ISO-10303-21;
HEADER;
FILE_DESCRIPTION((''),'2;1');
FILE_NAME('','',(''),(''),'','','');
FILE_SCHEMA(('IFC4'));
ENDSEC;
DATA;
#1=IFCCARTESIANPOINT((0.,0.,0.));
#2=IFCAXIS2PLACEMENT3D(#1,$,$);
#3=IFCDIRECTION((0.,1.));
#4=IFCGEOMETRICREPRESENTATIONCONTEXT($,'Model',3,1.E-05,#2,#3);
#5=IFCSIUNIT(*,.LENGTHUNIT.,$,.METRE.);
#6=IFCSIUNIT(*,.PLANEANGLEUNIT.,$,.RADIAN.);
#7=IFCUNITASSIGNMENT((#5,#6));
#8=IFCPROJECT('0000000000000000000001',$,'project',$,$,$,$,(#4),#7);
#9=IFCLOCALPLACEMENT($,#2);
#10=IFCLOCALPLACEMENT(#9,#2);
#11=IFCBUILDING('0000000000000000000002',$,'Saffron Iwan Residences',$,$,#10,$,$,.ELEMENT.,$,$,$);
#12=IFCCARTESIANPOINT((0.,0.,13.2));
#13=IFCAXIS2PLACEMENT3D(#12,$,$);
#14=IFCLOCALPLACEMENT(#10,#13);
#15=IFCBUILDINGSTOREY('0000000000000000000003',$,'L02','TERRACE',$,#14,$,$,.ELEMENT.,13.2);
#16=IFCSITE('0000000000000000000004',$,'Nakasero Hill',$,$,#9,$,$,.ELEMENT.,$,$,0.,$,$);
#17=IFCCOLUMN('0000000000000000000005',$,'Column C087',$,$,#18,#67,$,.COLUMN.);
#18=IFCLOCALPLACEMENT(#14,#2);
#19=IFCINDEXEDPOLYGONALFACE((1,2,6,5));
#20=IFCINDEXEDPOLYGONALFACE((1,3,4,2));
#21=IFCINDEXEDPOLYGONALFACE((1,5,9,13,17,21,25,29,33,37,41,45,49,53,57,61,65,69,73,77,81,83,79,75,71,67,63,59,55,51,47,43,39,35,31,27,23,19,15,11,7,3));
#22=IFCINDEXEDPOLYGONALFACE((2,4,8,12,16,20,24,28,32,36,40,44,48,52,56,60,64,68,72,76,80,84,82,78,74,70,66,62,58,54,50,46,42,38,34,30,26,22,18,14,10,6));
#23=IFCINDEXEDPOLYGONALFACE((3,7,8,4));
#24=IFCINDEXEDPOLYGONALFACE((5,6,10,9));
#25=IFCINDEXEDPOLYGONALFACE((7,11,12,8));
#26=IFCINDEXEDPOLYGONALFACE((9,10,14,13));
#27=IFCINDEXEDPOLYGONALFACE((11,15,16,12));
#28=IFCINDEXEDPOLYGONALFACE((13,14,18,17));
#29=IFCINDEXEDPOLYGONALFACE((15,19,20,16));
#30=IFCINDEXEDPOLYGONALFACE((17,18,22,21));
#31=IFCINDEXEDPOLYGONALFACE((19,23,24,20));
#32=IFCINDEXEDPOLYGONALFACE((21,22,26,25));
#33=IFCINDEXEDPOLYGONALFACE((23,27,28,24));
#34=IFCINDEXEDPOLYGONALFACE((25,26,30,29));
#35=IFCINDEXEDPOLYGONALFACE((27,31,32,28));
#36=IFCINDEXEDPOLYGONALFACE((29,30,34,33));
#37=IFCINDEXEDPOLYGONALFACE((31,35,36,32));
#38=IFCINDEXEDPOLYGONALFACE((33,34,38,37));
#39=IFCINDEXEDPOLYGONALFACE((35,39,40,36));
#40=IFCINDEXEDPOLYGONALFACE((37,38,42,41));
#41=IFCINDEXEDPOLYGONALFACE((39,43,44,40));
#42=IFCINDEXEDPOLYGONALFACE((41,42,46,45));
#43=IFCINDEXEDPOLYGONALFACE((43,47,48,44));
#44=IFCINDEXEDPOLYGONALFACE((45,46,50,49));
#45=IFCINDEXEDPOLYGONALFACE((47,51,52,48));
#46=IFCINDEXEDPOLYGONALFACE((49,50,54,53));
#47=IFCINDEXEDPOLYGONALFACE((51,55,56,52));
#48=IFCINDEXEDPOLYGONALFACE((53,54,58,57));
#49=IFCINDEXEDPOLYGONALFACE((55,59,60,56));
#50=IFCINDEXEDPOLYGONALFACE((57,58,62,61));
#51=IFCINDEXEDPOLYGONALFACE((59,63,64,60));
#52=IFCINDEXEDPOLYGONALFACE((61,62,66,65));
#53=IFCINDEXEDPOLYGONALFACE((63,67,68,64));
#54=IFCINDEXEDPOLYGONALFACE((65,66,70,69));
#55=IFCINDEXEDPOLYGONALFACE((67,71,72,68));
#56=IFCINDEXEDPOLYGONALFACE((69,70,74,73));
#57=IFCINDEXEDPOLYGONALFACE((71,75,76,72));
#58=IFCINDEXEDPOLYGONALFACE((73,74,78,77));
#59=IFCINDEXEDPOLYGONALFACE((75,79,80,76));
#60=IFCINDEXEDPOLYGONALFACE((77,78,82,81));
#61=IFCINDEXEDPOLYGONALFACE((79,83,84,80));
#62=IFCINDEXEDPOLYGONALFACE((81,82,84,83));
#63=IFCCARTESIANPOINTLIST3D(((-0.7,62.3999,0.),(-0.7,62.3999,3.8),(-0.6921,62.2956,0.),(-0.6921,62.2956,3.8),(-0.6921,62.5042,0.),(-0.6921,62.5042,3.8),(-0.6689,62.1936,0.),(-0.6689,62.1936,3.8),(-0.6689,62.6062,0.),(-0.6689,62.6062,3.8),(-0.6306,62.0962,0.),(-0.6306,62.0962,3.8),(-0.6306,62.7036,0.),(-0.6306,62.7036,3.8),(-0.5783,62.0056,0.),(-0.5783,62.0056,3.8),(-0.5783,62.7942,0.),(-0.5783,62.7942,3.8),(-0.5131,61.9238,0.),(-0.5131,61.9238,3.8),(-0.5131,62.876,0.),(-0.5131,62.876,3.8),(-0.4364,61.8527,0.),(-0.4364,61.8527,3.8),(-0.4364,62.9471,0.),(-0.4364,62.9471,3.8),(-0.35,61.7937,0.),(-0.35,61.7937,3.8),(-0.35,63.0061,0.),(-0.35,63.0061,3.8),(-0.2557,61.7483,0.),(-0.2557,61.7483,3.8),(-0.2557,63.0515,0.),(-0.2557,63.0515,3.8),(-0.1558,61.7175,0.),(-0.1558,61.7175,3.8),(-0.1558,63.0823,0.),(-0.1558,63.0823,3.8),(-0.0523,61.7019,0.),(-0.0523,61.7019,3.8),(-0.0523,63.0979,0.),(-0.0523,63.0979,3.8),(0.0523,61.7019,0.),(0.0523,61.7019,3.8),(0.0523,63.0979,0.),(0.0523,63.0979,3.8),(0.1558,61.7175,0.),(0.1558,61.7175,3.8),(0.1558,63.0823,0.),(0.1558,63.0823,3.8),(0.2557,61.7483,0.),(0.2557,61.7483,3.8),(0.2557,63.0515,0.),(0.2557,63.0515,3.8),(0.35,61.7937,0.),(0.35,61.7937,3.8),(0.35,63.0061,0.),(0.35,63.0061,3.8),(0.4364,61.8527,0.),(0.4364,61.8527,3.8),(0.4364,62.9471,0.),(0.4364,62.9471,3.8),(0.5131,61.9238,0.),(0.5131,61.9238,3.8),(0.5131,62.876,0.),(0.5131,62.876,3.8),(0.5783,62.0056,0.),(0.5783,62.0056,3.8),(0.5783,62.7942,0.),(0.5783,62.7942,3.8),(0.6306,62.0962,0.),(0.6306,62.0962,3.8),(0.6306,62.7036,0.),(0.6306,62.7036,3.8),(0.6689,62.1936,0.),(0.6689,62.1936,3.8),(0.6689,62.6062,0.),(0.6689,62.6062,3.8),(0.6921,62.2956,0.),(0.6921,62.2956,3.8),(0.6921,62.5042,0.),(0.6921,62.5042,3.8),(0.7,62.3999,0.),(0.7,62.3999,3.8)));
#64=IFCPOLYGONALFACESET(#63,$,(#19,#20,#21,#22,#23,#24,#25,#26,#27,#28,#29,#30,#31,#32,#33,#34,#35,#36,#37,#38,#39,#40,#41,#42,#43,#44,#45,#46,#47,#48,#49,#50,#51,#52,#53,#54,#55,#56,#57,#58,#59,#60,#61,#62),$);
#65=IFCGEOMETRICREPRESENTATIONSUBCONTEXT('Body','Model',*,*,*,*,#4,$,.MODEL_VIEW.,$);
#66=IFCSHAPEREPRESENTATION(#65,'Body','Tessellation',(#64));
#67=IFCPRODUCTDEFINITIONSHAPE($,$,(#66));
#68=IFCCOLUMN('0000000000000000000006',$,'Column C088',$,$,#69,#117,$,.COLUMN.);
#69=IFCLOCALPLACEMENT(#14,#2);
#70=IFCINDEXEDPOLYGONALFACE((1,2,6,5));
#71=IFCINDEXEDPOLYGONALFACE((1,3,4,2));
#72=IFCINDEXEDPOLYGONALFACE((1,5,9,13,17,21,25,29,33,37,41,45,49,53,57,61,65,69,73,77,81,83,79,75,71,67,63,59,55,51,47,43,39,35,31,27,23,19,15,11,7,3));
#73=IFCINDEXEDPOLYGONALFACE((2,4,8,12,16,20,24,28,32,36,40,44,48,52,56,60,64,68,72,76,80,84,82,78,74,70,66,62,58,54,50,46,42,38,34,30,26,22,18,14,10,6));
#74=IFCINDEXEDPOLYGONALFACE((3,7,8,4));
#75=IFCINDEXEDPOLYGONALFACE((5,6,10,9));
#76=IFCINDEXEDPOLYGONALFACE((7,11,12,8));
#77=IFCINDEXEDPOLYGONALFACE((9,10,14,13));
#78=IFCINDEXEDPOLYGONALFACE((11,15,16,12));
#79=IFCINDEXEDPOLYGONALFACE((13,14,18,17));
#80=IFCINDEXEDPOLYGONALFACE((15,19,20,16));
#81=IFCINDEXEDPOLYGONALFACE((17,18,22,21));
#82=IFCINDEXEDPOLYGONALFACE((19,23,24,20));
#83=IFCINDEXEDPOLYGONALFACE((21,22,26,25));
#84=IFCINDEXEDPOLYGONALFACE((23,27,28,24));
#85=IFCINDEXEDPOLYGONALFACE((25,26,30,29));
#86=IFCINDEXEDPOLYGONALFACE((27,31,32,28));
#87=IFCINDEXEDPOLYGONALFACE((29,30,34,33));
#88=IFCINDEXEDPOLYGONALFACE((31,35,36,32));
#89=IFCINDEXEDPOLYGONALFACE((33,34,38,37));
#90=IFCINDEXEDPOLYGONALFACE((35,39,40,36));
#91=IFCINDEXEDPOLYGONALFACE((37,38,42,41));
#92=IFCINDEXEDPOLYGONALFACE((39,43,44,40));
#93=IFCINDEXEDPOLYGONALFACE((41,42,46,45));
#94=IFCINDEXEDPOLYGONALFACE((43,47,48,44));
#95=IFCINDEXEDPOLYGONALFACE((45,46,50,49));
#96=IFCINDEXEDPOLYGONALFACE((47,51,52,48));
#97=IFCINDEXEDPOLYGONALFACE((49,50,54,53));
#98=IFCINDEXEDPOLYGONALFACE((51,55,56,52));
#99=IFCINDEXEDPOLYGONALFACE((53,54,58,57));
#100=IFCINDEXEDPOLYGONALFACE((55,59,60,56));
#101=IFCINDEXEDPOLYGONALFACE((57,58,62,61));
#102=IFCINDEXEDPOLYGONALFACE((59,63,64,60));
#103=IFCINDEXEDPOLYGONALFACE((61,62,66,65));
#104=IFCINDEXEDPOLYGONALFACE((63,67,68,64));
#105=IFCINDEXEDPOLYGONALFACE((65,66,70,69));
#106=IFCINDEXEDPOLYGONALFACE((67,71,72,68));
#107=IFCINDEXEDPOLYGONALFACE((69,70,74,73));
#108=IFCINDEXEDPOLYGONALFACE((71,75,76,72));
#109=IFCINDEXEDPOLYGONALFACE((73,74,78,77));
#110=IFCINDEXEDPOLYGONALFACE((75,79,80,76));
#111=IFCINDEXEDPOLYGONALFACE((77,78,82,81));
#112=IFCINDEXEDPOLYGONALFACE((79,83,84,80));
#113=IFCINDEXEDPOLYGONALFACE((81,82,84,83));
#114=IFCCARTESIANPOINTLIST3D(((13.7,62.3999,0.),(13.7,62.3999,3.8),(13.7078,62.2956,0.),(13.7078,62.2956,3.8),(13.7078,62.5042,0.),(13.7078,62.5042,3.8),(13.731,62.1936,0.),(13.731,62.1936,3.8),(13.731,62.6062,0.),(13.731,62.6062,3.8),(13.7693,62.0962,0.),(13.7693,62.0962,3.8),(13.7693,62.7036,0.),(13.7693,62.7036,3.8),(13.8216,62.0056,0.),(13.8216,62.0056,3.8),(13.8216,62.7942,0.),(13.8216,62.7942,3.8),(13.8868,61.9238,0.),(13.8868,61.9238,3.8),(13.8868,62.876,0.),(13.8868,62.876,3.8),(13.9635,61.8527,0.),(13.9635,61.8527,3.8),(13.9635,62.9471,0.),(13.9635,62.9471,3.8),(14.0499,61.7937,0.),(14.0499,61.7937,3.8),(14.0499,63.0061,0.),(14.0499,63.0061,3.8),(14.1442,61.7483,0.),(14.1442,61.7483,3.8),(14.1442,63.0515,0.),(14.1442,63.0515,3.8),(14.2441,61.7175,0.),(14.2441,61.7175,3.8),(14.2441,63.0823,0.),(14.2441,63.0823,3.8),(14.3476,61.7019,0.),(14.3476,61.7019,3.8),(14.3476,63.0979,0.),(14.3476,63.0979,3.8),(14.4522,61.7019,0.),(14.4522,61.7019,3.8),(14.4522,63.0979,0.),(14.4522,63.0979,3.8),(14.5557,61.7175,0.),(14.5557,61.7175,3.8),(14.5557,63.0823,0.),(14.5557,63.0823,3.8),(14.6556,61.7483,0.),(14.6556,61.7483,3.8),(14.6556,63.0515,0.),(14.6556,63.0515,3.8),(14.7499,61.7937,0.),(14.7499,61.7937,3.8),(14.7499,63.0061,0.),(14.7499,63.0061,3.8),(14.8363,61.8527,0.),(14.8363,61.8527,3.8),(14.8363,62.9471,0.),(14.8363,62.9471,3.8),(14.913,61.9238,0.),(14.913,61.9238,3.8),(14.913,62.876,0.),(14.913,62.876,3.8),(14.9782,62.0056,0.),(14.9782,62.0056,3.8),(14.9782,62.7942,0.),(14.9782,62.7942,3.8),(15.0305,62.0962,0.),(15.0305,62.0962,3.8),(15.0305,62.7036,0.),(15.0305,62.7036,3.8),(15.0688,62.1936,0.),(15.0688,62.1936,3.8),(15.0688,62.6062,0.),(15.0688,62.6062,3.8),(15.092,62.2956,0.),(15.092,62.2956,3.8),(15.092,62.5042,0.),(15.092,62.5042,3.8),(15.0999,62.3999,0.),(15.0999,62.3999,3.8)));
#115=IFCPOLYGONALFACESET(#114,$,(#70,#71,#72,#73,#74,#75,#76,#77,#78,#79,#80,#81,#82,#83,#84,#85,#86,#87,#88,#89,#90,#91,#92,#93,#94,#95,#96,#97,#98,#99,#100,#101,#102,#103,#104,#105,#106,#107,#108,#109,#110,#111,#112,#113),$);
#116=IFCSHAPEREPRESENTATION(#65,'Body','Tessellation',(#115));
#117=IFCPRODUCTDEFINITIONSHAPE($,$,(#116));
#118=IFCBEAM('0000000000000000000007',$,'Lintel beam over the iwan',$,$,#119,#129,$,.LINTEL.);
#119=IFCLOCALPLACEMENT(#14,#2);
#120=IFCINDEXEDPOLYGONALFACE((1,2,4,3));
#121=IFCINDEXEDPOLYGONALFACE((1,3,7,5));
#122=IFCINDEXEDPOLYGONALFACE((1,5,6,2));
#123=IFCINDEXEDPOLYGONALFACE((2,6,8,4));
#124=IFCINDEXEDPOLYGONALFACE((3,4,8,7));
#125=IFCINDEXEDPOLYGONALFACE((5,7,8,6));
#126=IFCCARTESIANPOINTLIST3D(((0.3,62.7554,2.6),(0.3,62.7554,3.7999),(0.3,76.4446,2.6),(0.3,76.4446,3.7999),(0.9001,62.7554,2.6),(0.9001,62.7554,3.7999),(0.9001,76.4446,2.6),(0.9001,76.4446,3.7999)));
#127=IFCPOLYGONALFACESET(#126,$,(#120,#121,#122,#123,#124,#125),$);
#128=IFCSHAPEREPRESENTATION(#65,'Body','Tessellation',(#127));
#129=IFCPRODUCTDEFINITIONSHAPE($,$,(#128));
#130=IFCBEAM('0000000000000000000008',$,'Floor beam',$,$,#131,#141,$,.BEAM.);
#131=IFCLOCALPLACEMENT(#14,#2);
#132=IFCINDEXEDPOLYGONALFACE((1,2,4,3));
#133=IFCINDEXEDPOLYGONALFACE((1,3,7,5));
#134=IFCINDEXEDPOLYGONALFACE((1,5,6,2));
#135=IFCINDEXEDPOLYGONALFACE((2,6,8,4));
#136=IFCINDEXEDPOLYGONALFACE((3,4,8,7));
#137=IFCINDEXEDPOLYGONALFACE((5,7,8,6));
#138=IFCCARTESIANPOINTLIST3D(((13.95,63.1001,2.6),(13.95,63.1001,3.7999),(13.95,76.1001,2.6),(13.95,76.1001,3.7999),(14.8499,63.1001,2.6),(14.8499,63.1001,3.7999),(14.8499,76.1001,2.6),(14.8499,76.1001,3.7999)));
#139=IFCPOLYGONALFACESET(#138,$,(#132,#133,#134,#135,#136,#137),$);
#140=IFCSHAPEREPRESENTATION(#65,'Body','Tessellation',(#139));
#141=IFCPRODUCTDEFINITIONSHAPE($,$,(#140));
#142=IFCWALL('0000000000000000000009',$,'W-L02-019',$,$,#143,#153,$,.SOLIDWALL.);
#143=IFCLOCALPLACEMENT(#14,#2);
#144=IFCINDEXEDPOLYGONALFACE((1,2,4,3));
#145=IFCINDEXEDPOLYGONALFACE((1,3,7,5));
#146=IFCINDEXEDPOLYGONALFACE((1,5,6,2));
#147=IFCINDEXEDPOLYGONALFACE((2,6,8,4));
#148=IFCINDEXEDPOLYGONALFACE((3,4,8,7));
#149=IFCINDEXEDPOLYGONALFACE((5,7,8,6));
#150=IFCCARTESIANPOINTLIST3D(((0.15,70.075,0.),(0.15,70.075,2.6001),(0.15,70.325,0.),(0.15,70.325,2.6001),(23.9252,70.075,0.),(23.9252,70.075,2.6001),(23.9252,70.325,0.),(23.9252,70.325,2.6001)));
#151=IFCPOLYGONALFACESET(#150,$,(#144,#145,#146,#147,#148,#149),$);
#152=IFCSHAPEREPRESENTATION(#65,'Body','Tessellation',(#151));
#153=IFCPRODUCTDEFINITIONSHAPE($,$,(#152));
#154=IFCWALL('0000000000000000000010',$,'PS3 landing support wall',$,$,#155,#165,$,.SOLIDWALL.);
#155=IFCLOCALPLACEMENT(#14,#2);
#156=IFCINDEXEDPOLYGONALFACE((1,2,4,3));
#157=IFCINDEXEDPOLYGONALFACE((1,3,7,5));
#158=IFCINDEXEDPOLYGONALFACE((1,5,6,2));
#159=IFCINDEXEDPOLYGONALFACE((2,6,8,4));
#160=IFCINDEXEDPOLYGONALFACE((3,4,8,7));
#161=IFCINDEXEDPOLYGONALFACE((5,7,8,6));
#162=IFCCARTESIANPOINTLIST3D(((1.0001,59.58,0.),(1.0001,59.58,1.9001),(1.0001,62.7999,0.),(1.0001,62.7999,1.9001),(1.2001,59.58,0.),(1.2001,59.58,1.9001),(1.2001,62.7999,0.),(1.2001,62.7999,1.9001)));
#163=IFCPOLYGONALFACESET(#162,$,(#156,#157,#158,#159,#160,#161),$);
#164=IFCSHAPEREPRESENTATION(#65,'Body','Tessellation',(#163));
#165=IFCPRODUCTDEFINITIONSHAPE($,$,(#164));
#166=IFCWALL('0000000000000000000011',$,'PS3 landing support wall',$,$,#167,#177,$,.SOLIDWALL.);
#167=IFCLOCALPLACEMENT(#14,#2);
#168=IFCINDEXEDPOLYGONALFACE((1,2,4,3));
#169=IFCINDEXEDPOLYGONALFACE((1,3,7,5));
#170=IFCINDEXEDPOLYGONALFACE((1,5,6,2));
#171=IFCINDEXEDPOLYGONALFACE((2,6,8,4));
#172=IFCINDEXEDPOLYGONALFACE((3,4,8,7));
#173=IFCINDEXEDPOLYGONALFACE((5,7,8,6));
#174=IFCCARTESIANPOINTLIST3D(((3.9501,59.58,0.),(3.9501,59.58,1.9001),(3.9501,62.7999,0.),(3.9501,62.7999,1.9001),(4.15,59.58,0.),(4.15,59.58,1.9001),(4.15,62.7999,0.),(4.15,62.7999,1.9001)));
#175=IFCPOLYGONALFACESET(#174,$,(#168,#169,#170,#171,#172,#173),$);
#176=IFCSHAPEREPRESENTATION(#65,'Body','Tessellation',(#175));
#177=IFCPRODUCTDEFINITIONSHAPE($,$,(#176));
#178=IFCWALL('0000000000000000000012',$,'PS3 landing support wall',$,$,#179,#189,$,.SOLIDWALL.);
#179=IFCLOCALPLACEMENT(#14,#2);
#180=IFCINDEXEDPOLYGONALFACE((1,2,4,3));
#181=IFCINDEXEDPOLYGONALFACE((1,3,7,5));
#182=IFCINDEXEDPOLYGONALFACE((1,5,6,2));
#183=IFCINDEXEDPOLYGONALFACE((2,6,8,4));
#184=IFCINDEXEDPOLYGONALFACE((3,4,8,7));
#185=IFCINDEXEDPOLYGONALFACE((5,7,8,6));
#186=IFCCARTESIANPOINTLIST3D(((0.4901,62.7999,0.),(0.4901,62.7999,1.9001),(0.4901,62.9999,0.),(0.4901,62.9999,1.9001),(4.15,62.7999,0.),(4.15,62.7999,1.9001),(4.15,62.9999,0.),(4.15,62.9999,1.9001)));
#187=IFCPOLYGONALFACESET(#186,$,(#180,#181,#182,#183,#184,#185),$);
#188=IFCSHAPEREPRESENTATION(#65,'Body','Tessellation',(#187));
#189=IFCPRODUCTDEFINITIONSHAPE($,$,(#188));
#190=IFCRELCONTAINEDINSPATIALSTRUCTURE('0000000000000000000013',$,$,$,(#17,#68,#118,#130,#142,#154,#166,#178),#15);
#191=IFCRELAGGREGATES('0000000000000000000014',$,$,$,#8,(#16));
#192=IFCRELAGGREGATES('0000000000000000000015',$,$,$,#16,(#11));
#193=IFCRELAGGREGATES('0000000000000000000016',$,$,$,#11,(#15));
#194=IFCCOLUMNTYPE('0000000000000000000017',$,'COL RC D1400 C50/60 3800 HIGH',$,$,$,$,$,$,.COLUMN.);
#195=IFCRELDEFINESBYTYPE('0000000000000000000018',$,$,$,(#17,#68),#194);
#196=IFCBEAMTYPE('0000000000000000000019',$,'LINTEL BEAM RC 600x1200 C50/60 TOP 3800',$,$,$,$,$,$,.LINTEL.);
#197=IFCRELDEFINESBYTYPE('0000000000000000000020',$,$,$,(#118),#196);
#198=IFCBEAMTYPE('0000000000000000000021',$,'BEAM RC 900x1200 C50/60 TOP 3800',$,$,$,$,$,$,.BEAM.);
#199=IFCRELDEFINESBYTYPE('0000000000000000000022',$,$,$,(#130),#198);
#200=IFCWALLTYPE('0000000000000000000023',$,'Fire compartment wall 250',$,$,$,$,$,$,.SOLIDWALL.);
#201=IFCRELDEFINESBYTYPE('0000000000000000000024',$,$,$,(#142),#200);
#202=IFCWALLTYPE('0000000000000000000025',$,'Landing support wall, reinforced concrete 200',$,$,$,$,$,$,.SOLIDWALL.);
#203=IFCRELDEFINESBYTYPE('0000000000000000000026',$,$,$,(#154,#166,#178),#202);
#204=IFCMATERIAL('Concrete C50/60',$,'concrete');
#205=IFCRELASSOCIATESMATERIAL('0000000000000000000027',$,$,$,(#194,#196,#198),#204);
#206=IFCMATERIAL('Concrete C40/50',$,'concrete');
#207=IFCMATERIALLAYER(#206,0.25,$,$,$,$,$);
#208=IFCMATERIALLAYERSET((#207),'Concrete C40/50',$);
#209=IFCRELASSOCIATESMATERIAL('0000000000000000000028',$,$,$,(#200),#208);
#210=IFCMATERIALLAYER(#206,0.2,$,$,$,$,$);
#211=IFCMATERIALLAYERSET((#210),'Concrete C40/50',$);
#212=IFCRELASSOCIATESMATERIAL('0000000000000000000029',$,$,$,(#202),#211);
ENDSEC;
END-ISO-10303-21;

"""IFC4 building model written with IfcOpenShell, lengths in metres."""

from ifc_helpers import new_model, si_unit, direction, frame, frame_2d, origin, origin_2d, place, context, subcontext, project, spatial, rectangle, circle, extrude, source, transform, mapped, material, layer, layer_set, material_profile, profile_set, type_object, element, save


model = new_model("IFC4")

# Units and contexts
model_context = context("Model", 3, precision=1e-05, world=origin(), true_north=direction((0.0, 1.0)))
body_context = subcontext(model_context, "Body", "Model", "MODEL_VIEW")
ifc_project = project(units=[si_unit("LENGTHUNIT", "METRE"), si_unit("PLANEANGLEUNIT", "RADIAN")], contexts=[model_context])

# Site, building, storey
site_placement = place(None, origin())
site = spatial("IfcSite", under=ifc_project, at=site_placement, Name="Nakasero Hill", CompositionType="ELEMENT", RefElevation=0.0)
building_placement = place(site_placement, origin())
building = spatial("IfcBuilding", under=site, at=building_placement, Name="Saffron Iwan Residences", CompositionType="ELEMENT")
storey_placement = place(building_placement, frame((0.0, 0.0, 13.2)))
storey = spatial("IfcBuildingStorey", under=building, at=storey_placement, Name="L02", Description="TERRACE", CompositionType="ELEMENT", Elevation=13.2)

# Columns
ifc_material_1 = material(Name="Concrete C50/60", Category="concrete")
ifc_material_profile_1 = material_profile(ifc_material_1, circle(Radius=0.7, at=origin_2d()), Name="RC D1400")
ifc_profile_set_1 = profile_set([ifc_material_profile_1], Name="Concrete C50/60")
column_type = type_object("IfcColumnType", Name="COL RC D1400 C50/60 3800 HIGH", PredefinedType="COLUMN", material=ifc_profile_set_1)
shared_shape_1 = source(origin(), body_context, "Body", "SweptSolid", [
    extrude(circle(Radius=0.7, at=origin_2d()), origin(), (0.0, 0.0, 1.0), 3.8),
])
for number, where, z_axis, x_axis, name in (
    (1, (0.0, 62.3999, 0.0), (0.0, 0.0, 1.0), (1.0, 0.0, 0.0), "Column C087"),
    (2, (14.3999, 62.3999, 0.0), (0.0, 0.0, 1.0), (1.0, 0.0, 0.0), "Column C088"),
):
    element("IfcColumn", number, at=place(storey_placement, frame(where, z_axis=z_axis, x_axis=x_axis)), inside=storey, type_object=column_type, Name=name, PredefinedType="COLUMN", context=body_context, shape_type="MappedRepresentation", body=[
        mapped(shared_shape_1, transform((0.0, 0.0, 0.0))),
    ])

# Beams
ifc_material_profile_2 = material_profile(ifc_material_1, rectangle(XDim=0.6001, YDim=1.2, at=origin_2d()), Name="RC 600x1200")
ifc_profile_set_2 = profile_set([ifc_material_profile_2], Name="Concrete C50/60")
beam_type_1 = type_object("IfcBeamType", Name="LINTEL BEAM RC 600x1200 C50/60 TOP 3800", PredefinedType="LINTEL", material=ifc_profile_set_2)
shared_shape_2 = source(origin(), body_context, "Body", "SweptSolid", [
    extrude(rectangle(XDim=0.6001, YDim=1.2, at=origin_2d()), origin(), (0.0, 0.0, 1.0), 13.6892),
])
beam_1_placement = place(storey_placement, frame((0.6001, 62.7554, 3.2), z_axis=(0.0, 1.0, 0.0), x_axis=(-1.0, 0.0, 0.0)))
element("IfcBeam", 3, at=beam_1_placement, inside=storey, type_object=beam_type_1, Name="Lintel beam over the iwan", PredefinedType="LINTEL", context=body_context, shape_type="MappedRepresentation", body=[
    mapped(shared_shape_2, transform((0.0, 0.0, 0.0))),
])
ifc_material_profile_3 = material_profile(ifc_material_1, rectangle(XDim=0.8999, YDim=1.2, at=origin_2d()), Name="RC 900x1200")
ifc_profile_set_3 = profile_set([ifc_material_profile_3], Name="Concrete C50/60")
beam_type_2 = type_object("IfcBeamType", Name="BEAM RC 900x1200 C50/60 TOP 3800", PredefinedType="BEAM", material=ifc_profile_set_3)
shared_shape_3 = source(origin(), body_context, "Body", "SweptSolid", [
    extrude(rectangle(XDim=0.8999, YDim=1.2, at=origin_2d()), origin(), (0.0, 0.0, 1.0), 13.0),
])
beam_2_placement = place(storey_placement, frame((14.3999, 63.1001, 3.2), z_axis=(0.0, 1.0, 0.0), x_axis=(-1.0, 0.0, 0.0)))
element("IfcBeam", 4, at=beam_2_placement, inside=storey, type_object=beam_type_2, Name="Floor beam", PredefinedType="BEAM", context=body_context, shape_type="MappedRepresentation", body=[
    mapped(shared_shape_3, transform((0.0, 0.0, 0.0))),
])

# Walls
ifc_material_2 = material(Name="Concrete C40/50", Category="concrete")
ifc_layer_1 = layer(ifc_material_2, 0.25)
ifc_layer_set_1 = layer_set([ifc_layer_1], Name="Concrete C40/50")
wall_type_1 = type_object("IfcWallType", Name="Fire compartment wall 250", PredefinedType="SOLIDWALL", material=ifc_layer_set_1)
wall_1_placement = place(storey_placement, frame((0.1499, 70.2, 0.0), z_axis=(0.0, 0.0, 1.0), x_axis=(1.0, 0.0, 0.0)))
element("IfcWall", 5, at=wall_1_placement, inside=storey, type_object=wall_type_1, Name="W-L02-019", PredefinedType="SOLIDWALL", context=body_context, shape_type="SweptSolid", body=[
    extrude(rectangle(XDim=23.7751, YDim=0.25, at=frame_2d((11.8877, 0.0))), origin(), (0.0, 0.0, 1.0), 2.6001),
])
ifc_layer_2 = layer(ifc_material_2, 0.2)
ifc_layer_set_2 = layer_set([ifc_layer_2], Name="Concrete C40/50")
wall_type_2 = type_object("IfcWallType", Name="Landing support wall, reinforced concrete 200", PredefinedType="SOLIDWALL", material=ifc_layer_set_2)
for number, where, z_axis, x_axis, name in (
    (6, (1.1001, 59.5801, 0.0), (0.0, 0.0, 1.0), (0.0, 1.0, 0.0), "PS3 landing support wall"),
    (7, (4.05, 59.5801, 0.0), (0.0, 0.0, 1.0), (0.0, 1.0, 0.0), "PS3 landing support wall"),
):
    element("IfcWall", number, at=place(storey_placement, frame(where, z_axis=z_axis, x_axis=x_axis)), inside=storey, type_object=wall_type_2, Name=name, PredefinedType="SOLIDWALL", context=body_context, shape_type="SweptSolid", body=[
        extrude(rectangle(XDim=3.22, YDim=0.2, at=frame_2d((1.6099, 0.0))), origin(), (0.0, 0.0, 1.0), 1.9001),
    ])
wall_2_placement = place(storey_placement, frame((0.49, 62.8999, 0.0), z_axis=(0.0, 0.0, 1.0), x_axis=(1.0, 0.0, 0.0)))
element("IfcWall", 8, at=wall_2_placement, inside=storey, type_object=wall_type_2, Name="PS3 landing support wall", PredefinedType="SOLIDWALL", context=body_context, shape_type="SweptSolid", body=[
    extrude(rectangle(XDim=3.6599, YDim=0.2, at=frame_2d((1.8301, 0.0))), origin(), (0.0, 0.0, 1.0), 1.9001),
])

save(model, "model.ifc")
